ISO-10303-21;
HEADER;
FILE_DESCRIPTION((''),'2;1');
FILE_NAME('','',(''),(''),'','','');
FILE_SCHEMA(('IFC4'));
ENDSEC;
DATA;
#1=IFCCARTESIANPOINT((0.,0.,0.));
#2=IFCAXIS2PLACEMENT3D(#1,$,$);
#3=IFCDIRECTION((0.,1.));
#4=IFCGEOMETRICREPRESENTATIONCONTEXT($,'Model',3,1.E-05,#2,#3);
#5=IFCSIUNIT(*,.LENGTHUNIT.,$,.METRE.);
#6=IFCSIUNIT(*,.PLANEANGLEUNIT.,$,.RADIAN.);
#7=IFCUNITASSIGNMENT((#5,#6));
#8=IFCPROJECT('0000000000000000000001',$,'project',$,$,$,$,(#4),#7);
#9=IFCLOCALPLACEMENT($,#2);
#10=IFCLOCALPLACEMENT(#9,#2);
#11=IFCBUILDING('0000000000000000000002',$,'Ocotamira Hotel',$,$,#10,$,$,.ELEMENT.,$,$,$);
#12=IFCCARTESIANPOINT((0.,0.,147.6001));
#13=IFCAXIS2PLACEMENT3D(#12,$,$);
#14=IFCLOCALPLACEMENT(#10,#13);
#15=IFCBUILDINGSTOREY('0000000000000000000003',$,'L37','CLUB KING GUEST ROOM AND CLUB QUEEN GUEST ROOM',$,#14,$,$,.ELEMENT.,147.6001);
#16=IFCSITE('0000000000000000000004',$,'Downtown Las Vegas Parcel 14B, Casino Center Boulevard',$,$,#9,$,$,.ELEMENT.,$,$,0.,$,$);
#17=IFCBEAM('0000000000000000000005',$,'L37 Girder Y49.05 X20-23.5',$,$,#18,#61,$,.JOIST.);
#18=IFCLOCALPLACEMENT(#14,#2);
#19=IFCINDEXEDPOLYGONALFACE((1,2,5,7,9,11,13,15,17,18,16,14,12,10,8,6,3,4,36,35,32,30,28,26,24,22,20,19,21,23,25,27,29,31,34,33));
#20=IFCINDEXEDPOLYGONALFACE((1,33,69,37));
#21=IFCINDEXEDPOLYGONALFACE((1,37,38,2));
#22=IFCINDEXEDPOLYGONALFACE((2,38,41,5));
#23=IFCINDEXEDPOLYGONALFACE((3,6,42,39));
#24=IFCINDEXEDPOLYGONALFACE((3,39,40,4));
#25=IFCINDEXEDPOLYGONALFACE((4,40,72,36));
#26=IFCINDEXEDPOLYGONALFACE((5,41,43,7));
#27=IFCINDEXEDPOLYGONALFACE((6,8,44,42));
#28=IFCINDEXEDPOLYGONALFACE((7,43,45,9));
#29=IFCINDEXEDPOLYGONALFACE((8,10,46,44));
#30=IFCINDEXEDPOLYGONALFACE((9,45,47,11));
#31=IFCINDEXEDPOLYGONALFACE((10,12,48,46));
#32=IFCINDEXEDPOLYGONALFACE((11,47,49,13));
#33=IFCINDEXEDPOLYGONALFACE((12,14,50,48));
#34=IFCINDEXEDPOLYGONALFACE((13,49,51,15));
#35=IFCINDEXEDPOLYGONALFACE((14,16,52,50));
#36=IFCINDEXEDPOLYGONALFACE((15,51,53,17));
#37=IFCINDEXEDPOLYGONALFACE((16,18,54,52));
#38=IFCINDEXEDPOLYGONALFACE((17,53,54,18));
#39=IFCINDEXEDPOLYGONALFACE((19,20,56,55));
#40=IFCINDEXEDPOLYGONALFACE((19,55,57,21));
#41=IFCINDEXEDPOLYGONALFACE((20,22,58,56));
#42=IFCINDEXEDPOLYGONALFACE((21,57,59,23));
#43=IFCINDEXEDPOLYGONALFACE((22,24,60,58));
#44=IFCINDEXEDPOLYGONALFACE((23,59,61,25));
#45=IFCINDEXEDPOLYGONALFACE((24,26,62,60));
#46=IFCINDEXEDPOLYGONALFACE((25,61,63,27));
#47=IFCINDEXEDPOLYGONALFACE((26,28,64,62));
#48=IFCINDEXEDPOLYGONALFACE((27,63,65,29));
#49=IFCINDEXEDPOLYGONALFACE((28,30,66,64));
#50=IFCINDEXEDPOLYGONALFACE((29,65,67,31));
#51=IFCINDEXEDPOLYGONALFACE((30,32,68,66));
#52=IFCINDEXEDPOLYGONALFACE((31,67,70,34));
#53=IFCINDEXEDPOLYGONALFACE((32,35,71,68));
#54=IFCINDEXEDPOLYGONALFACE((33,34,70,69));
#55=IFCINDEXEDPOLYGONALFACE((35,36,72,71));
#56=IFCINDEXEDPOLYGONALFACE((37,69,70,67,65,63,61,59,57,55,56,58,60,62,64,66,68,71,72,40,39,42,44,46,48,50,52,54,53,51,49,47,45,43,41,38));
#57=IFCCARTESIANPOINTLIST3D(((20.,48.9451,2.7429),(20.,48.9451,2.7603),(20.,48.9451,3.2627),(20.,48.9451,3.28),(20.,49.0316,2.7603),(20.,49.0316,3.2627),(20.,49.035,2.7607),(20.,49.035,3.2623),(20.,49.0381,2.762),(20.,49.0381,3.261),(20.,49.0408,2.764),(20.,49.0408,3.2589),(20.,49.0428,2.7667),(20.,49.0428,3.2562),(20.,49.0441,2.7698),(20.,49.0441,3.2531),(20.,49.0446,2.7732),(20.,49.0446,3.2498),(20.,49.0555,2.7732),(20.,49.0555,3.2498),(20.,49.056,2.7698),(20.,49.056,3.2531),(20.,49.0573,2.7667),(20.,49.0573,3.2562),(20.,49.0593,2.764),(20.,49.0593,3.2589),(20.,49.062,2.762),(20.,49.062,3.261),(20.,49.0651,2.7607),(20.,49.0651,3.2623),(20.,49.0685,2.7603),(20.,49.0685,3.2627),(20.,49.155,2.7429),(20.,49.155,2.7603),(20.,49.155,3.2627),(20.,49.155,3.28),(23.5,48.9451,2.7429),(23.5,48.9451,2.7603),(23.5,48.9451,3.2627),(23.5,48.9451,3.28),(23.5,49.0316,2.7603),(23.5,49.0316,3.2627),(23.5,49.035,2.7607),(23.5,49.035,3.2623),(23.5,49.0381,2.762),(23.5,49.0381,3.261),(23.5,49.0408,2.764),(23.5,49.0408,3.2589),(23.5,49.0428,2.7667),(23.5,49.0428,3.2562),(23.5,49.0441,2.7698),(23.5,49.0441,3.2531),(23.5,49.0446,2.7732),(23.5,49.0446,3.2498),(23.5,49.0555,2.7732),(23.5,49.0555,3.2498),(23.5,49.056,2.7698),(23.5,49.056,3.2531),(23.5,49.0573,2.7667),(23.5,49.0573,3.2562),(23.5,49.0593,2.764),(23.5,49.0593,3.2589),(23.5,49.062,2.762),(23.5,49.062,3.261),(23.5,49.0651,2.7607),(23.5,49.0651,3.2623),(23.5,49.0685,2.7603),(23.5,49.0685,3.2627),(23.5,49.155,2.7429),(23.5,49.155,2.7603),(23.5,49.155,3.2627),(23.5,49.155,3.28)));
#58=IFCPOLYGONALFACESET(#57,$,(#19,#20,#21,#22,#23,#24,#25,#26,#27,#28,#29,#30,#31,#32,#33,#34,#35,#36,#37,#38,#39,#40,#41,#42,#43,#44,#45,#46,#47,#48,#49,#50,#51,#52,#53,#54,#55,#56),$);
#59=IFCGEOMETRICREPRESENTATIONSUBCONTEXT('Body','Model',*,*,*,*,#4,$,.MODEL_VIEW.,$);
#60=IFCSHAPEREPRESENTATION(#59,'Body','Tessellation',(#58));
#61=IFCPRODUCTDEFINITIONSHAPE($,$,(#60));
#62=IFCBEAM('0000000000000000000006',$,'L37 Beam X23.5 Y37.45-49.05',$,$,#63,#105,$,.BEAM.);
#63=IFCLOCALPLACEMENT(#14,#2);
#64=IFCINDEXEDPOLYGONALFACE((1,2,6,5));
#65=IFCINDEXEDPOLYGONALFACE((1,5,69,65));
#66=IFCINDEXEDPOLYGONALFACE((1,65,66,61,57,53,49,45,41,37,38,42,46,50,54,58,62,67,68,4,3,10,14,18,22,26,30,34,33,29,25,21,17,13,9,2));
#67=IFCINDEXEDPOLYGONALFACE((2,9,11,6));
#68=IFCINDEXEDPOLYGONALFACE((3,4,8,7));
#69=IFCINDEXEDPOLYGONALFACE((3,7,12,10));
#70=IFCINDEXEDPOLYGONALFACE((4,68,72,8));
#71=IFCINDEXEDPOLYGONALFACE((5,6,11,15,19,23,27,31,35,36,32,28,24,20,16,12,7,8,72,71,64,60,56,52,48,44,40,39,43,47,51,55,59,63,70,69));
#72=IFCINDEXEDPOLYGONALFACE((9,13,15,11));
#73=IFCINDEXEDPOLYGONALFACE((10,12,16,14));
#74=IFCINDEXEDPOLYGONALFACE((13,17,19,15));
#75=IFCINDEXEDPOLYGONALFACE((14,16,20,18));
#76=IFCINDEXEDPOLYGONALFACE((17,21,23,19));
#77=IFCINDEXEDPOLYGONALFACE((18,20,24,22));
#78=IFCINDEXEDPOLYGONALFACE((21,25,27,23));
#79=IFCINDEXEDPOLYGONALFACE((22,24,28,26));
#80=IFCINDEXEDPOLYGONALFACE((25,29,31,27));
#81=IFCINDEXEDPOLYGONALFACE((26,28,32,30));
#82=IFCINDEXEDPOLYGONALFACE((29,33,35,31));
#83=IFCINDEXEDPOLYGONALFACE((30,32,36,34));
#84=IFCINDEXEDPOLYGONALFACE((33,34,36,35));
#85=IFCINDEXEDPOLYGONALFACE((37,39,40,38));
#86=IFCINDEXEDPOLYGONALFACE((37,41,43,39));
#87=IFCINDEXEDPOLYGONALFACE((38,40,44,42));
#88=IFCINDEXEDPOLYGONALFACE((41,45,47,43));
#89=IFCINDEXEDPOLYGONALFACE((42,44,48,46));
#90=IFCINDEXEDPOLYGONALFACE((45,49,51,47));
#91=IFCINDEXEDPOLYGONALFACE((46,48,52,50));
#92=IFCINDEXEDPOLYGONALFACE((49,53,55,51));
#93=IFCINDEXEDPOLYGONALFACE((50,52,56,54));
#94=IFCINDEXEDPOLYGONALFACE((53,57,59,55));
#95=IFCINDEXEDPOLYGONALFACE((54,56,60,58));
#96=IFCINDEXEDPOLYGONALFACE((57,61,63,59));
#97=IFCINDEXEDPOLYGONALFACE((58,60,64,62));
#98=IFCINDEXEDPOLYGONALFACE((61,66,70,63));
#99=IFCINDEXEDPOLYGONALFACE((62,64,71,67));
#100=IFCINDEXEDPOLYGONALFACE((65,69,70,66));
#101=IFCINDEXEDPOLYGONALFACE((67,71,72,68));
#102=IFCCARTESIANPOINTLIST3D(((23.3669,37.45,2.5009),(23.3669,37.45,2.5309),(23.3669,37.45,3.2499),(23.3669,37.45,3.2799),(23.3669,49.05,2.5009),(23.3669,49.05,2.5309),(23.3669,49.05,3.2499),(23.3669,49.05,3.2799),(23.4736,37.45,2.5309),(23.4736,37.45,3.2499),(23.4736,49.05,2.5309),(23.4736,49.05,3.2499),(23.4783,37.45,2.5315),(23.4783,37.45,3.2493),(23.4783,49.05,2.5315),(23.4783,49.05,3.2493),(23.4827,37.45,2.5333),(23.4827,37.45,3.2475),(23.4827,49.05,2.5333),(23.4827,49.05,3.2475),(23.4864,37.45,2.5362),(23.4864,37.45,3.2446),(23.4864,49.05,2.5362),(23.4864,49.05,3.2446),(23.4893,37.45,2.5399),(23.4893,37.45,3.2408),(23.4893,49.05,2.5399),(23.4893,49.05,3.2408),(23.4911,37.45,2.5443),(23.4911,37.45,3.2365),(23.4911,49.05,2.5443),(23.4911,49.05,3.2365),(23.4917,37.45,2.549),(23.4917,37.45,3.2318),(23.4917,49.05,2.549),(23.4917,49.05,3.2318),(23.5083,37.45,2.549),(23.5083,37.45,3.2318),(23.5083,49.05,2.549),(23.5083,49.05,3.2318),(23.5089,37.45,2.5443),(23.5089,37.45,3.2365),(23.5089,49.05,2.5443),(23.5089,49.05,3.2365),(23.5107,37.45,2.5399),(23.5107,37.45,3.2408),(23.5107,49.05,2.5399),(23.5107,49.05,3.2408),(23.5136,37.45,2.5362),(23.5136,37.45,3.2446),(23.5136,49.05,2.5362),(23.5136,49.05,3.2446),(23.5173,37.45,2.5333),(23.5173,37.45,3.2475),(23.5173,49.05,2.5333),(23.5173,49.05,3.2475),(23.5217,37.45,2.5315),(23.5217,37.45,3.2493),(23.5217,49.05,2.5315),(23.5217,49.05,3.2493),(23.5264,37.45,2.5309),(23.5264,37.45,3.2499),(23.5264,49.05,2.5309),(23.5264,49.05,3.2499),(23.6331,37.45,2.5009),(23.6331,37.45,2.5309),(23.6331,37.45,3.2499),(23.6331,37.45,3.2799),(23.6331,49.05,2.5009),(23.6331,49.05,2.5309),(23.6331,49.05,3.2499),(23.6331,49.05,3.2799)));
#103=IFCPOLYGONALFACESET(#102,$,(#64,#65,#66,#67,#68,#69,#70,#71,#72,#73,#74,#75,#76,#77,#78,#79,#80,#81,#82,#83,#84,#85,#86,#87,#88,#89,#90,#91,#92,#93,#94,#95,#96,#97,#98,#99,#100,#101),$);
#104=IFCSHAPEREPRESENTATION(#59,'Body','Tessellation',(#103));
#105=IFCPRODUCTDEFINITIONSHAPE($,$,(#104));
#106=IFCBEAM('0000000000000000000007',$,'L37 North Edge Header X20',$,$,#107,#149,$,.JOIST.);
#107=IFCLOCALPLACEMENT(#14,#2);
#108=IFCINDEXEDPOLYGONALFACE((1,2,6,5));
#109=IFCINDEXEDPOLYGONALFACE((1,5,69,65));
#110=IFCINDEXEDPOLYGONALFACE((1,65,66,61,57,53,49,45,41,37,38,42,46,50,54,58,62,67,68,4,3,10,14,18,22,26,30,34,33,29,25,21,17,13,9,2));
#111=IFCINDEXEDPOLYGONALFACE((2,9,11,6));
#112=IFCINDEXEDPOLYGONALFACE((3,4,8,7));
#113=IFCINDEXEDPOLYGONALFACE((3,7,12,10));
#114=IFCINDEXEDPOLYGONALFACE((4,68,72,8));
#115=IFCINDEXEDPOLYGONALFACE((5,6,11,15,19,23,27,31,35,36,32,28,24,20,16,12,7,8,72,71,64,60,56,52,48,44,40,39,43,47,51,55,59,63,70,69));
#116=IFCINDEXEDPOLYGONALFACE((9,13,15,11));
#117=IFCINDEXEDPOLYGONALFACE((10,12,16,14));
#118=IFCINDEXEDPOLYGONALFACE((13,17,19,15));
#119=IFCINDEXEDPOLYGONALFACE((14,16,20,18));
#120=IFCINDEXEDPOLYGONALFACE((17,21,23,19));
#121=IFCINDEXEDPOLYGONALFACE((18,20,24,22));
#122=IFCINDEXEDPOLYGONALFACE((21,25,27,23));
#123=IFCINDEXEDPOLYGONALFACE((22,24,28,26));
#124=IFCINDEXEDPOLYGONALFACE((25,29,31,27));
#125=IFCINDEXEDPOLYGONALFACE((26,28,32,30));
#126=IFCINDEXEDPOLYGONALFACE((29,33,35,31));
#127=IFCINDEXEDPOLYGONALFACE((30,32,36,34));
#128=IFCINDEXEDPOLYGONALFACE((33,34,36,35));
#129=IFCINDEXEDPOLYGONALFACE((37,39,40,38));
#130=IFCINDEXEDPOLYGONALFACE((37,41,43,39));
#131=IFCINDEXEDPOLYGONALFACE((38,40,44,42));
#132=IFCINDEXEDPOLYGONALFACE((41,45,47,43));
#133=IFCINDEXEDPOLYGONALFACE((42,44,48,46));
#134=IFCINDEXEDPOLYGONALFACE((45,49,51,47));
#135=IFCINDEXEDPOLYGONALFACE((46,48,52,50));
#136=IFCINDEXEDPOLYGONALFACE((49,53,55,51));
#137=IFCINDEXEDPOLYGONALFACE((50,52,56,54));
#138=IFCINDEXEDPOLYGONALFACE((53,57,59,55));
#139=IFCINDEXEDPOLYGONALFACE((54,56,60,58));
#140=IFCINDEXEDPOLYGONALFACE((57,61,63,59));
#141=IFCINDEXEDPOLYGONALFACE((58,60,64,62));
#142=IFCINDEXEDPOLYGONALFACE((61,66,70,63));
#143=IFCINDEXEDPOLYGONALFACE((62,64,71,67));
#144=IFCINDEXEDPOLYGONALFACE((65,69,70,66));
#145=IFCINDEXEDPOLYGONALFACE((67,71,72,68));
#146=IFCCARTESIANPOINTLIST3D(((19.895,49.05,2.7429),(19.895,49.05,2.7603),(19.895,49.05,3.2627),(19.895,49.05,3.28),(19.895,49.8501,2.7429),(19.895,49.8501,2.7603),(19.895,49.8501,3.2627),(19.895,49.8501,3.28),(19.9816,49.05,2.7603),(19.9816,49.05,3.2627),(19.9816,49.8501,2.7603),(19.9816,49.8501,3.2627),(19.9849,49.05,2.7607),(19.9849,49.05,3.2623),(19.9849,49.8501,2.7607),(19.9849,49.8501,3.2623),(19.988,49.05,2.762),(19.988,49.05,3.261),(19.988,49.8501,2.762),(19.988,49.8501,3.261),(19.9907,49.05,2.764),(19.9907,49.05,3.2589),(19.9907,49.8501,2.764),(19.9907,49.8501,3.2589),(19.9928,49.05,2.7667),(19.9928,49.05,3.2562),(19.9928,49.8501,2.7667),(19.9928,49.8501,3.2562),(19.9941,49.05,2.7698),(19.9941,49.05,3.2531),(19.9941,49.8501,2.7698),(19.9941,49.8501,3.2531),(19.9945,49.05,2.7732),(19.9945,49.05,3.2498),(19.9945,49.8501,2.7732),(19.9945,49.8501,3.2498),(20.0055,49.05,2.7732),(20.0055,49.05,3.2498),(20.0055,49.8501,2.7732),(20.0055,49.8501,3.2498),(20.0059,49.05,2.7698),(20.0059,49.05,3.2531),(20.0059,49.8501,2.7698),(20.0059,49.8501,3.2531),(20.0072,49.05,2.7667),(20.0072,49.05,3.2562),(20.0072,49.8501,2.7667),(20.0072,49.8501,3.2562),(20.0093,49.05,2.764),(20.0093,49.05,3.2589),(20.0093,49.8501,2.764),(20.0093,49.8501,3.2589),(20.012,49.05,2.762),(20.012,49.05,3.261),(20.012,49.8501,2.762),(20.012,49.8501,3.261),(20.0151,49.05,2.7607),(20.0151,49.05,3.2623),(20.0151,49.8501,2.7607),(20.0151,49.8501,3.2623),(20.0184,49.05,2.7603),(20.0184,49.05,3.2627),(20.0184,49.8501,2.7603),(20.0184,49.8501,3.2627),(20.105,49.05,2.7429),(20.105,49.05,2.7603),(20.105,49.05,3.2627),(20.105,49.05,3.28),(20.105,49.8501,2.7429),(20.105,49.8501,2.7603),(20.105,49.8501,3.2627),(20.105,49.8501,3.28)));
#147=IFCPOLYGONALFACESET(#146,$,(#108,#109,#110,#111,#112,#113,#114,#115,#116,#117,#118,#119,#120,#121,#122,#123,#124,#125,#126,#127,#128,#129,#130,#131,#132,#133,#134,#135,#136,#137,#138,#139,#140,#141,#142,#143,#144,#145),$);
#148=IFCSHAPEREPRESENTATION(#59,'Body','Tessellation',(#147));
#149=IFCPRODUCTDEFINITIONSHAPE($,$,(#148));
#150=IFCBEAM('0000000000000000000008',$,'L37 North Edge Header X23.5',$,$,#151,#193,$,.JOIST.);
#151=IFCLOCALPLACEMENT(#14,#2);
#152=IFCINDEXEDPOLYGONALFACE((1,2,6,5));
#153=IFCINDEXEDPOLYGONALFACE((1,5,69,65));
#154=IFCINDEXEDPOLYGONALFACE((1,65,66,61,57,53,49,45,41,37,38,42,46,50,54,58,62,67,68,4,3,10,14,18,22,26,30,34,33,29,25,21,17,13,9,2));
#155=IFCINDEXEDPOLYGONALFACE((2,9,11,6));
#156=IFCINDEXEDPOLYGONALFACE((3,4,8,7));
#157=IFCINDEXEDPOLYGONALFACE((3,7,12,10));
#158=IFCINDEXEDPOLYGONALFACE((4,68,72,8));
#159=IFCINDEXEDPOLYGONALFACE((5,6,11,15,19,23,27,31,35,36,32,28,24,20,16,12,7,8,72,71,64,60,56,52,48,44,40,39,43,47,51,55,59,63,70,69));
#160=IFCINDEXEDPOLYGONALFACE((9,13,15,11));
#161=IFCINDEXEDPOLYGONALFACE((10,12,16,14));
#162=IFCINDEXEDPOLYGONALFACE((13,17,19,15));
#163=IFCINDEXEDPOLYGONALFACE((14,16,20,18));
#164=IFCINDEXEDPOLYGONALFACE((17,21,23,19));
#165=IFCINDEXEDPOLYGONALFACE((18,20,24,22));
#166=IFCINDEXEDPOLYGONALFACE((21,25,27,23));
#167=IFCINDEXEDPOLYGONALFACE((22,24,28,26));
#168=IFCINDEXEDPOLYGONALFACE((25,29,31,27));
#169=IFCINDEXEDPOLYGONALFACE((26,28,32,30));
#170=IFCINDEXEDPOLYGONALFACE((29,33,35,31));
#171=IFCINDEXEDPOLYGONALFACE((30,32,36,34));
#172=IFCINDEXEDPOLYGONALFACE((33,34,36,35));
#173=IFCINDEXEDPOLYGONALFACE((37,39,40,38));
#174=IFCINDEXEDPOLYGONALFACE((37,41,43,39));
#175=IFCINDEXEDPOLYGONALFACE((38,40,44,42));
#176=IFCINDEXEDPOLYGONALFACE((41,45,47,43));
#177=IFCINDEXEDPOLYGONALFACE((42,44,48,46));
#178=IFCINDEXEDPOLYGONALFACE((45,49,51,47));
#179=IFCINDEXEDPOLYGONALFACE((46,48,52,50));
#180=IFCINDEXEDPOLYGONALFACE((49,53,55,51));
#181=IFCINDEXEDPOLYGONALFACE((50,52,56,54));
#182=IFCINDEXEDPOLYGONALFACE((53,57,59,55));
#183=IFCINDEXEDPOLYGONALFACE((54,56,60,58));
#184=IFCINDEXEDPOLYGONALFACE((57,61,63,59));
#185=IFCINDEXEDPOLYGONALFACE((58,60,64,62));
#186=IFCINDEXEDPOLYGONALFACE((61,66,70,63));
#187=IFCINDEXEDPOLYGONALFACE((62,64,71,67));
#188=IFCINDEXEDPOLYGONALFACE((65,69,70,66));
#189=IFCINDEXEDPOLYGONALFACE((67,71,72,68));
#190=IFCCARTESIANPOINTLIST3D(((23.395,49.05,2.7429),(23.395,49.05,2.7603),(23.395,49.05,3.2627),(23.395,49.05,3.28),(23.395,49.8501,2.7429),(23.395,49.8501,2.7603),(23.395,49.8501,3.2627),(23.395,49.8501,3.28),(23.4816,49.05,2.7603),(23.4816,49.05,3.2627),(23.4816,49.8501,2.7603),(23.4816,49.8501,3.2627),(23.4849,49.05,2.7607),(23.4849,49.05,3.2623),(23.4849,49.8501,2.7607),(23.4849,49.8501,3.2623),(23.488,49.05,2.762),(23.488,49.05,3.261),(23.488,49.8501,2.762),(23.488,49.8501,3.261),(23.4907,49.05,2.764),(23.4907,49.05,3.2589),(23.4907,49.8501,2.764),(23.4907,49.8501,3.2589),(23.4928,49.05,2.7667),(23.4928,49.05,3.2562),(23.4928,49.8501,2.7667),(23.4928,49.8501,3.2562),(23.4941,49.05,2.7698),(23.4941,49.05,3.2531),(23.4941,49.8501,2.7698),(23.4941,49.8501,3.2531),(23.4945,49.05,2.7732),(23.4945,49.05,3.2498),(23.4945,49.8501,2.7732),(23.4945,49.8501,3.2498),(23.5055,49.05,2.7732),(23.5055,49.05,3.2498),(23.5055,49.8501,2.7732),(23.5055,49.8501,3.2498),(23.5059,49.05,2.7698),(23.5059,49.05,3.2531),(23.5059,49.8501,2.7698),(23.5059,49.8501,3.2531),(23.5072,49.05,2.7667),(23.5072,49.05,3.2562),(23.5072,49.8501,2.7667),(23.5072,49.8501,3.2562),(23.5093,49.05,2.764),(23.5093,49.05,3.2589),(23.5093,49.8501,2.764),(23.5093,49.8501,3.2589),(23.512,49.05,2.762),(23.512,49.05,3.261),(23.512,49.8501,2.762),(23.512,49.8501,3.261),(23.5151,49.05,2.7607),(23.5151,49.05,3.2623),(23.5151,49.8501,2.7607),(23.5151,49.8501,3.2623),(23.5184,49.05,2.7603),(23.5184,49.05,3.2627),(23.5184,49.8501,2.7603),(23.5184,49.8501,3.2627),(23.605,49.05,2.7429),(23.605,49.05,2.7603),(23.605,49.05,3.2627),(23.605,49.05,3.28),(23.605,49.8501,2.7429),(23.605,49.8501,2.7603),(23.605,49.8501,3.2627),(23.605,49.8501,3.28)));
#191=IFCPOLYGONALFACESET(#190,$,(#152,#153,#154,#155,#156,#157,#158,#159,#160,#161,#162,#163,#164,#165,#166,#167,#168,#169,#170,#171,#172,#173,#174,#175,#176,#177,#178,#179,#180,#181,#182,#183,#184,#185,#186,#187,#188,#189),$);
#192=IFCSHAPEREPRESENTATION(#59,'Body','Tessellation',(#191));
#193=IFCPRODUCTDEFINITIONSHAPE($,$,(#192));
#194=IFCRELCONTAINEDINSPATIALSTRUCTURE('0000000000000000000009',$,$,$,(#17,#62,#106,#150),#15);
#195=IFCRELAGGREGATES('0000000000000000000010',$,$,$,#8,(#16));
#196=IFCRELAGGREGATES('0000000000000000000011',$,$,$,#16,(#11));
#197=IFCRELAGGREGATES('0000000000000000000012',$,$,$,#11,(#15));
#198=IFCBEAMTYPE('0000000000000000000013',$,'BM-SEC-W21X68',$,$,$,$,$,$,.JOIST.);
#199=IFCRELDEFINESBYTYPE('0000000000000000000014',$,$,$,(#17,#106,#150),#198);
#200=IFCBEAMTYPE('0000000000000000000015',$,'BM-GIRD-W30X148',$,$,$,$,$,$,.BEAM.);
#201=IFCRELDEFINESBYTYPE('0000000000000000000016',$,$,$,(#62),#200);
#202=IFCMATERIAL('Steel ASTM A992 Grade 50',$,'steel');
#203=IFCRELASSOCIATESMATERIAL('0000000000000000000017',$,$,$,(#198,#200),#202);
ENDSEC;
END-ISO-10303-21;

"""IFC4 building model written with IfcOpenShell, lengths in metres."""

from ifc_helpers import new_model, si_unit, direction, frame, origin, origin_2d, place, context, subcontext, project, spatial, i_section, extrude, source, transform, mapped, material, material_profile, profile_set, type_object, element, save


model = new_model("IFC4")

# Units and contexts
model_context = context("Model", 3, precision=1e-05, world=origin(), true_north=direction((0.0, 1.0)))
body_context = subcontext(model_context, "Body", "Model", "MODEL_VIEW")
ifc_project = project(units=[si_unit("LENGTHUNIT", "METRE"), si_unit("PLANEANGLEUNIT", "RADIAN")], contexts=[model_context])

# Site, building, storey
site_placement = place(None, origin())
site = spatial("IfcSite", under=ifc_project, at=site_placement, Name="Downtown Las Vegas Parcel 14B, Casino Center Boulevard", CompositionType="ELEMENT", RefElevation=0.0)
building_placement = place(site_placement, origin())
building = spatial("IfcBuilding", under=site, at=building_placement, Name="Ocotamira Hotel", CompositionType="ELEMENT")
storey_placement = place(building_placement, frame((0.0, 0.0, 147.6001)))
storey = spatial("IfcBuildingStorey", under=building, at=storey_placement, Name="L37", Description="CLUB KING GUEST ROOM AND CLUB QUEEN GUEST ROOM", CompositionType="ELEMENT", Elevation=147.6001)

# Beams
ifc_material_1 = material(Name="Steel ASTM A992 Grade 50", Category="steel")
ifc_material_profile_1 = material_profile(ifc_material_1, i_section(OverallWidth=0.21, OverallDepth=0.5371, WebThickness=0.011, FlangeThickness=0.0173, FilletRadius=0.0129, at=origin_2d()), Name="W21X68")
ifc_profile_set_1 = profile_set([ifc_material_profile_1], Name="Steel ASTM A992 Grade 50")
beam_type_1 = type_object("IfcBeamType", Name="BM-SEC-W21X68", PredefinedType="JOIST", material=ifc_profile_set_1)
shared_shape_1 = source(origin(), body_context, "Body", "SweptSolid", [
    extrude(i_section(OverallWidth=0.21, OverallDepth=0.5371, WebThickness=0.011, FlangeThickness=0.0173, FilletRadius=0.0129, at=origin_2d()), origin(), (0.0, 0.0, 1.0), 3.5),
])
beam_1_placement = place(storey_placement, frame((20.0, 49.05, 3.0115), z_axis=(1.0, 0.0, 0.0), x_axis=(0.0, 1.0, 0.0)))
element("IfcBeam", 1, at=beam_1_placement, inside=storey, type_object=beam_type_1, Name="L37 Girder Y49.05 X20-23.5", PredefinedType="JOIST", context=body_context, shape_type="MappedRepresentation", body=[
    mapped(shared_shape_1, transform((0.0, 0.0, 0.0), scale=1.0)),
])
ifc_material_profile_2 = material_profile(ifc_material_1, i_section(OverallWidth=0.2661, OverallDepth=0.7791, WebThickness=0.0166, FlangeThickness=0.03, FilletRadius=0.0181, at=origin_2d()), Name="W30X148")
ifc_profile_set_2 = profile_set([ifc_material_profile_2], Name="Steel ASTM A992 Grade 50")
beam_type_2 = type_object("IfcBeamType", Name="BM-GIRD-W30X148", PredefinedType="BEAM", material=ifc_profile_set_2)
shared_shape_2 = source(origin(), body_context, "Body", "SweptSolid", [
    extrude(i_section(OverallWidth=0.2661, OverallDepth=0.7791, WebThickness=0.0166, FlangeThickness=0.03, FilletRadius=0.0181, at=origin_2d()), origin(), (0.0, 0.0, 1.0), 11.6001),
])
beam_2_placement = place(storey_placement, frame((23.5, 37.45, 2.8904), z_axis=(0.0, 1.0, 0.0), x_axis=(-1.0, 0.0, 0.0)))
element("IfcBeam", 2, at=beam_2_placement, inside=storey, type_object=beam_type_2, Name="L37 Beam X23.5 Y37.45-49.05", PredefinedType="BEAM", context=body_context, shape_type="MappedRepresentation", body=[
    mapped(shared_shape_2, transform((0.0, 0.0, 0.0), scale=1.0)),
])
shared_shape_3 = source(origin(), body_context, "Body", "SweptSolid", [
    extrude(i_section(OverallWidth=0.21, OverallDepth=0.5371, WebThickness=0.011, FlangeThickness=0.0173, FilletRadius=0.0129, at=origin_2d()), origin(), (0.0, 0.0, 1.0), 0.8),
])
for number, where, z_axis, x_axis, name in (
    (3, (20.0, 49.05, 3.0115), (0.0, 1.0, 0.0), (-1.0, 0.0, 0.0), "L37 North Edge Header X20"),
    (4, (23.5, 49.05, 3.0115), (0.0, 1.0, 0.0), (-1.0, 0.0, 0.0), "L37 North Edge Header X23.5"),
):
    element("IfcBeam", number, at=place(storey_placement, frame(where, z_axis=z_axis, x_axis=x_axis)), inside=storey, type_object=beam_type_1, Name=name, PredefinedType="JOIST", context=body_context, shape_type="MappedRepresentation", body=[
        mapped(shared_shape_3, transform((0.0, 0.0, 0.0), scale=1.0)),
    ])

save(model, "model.ifc")
